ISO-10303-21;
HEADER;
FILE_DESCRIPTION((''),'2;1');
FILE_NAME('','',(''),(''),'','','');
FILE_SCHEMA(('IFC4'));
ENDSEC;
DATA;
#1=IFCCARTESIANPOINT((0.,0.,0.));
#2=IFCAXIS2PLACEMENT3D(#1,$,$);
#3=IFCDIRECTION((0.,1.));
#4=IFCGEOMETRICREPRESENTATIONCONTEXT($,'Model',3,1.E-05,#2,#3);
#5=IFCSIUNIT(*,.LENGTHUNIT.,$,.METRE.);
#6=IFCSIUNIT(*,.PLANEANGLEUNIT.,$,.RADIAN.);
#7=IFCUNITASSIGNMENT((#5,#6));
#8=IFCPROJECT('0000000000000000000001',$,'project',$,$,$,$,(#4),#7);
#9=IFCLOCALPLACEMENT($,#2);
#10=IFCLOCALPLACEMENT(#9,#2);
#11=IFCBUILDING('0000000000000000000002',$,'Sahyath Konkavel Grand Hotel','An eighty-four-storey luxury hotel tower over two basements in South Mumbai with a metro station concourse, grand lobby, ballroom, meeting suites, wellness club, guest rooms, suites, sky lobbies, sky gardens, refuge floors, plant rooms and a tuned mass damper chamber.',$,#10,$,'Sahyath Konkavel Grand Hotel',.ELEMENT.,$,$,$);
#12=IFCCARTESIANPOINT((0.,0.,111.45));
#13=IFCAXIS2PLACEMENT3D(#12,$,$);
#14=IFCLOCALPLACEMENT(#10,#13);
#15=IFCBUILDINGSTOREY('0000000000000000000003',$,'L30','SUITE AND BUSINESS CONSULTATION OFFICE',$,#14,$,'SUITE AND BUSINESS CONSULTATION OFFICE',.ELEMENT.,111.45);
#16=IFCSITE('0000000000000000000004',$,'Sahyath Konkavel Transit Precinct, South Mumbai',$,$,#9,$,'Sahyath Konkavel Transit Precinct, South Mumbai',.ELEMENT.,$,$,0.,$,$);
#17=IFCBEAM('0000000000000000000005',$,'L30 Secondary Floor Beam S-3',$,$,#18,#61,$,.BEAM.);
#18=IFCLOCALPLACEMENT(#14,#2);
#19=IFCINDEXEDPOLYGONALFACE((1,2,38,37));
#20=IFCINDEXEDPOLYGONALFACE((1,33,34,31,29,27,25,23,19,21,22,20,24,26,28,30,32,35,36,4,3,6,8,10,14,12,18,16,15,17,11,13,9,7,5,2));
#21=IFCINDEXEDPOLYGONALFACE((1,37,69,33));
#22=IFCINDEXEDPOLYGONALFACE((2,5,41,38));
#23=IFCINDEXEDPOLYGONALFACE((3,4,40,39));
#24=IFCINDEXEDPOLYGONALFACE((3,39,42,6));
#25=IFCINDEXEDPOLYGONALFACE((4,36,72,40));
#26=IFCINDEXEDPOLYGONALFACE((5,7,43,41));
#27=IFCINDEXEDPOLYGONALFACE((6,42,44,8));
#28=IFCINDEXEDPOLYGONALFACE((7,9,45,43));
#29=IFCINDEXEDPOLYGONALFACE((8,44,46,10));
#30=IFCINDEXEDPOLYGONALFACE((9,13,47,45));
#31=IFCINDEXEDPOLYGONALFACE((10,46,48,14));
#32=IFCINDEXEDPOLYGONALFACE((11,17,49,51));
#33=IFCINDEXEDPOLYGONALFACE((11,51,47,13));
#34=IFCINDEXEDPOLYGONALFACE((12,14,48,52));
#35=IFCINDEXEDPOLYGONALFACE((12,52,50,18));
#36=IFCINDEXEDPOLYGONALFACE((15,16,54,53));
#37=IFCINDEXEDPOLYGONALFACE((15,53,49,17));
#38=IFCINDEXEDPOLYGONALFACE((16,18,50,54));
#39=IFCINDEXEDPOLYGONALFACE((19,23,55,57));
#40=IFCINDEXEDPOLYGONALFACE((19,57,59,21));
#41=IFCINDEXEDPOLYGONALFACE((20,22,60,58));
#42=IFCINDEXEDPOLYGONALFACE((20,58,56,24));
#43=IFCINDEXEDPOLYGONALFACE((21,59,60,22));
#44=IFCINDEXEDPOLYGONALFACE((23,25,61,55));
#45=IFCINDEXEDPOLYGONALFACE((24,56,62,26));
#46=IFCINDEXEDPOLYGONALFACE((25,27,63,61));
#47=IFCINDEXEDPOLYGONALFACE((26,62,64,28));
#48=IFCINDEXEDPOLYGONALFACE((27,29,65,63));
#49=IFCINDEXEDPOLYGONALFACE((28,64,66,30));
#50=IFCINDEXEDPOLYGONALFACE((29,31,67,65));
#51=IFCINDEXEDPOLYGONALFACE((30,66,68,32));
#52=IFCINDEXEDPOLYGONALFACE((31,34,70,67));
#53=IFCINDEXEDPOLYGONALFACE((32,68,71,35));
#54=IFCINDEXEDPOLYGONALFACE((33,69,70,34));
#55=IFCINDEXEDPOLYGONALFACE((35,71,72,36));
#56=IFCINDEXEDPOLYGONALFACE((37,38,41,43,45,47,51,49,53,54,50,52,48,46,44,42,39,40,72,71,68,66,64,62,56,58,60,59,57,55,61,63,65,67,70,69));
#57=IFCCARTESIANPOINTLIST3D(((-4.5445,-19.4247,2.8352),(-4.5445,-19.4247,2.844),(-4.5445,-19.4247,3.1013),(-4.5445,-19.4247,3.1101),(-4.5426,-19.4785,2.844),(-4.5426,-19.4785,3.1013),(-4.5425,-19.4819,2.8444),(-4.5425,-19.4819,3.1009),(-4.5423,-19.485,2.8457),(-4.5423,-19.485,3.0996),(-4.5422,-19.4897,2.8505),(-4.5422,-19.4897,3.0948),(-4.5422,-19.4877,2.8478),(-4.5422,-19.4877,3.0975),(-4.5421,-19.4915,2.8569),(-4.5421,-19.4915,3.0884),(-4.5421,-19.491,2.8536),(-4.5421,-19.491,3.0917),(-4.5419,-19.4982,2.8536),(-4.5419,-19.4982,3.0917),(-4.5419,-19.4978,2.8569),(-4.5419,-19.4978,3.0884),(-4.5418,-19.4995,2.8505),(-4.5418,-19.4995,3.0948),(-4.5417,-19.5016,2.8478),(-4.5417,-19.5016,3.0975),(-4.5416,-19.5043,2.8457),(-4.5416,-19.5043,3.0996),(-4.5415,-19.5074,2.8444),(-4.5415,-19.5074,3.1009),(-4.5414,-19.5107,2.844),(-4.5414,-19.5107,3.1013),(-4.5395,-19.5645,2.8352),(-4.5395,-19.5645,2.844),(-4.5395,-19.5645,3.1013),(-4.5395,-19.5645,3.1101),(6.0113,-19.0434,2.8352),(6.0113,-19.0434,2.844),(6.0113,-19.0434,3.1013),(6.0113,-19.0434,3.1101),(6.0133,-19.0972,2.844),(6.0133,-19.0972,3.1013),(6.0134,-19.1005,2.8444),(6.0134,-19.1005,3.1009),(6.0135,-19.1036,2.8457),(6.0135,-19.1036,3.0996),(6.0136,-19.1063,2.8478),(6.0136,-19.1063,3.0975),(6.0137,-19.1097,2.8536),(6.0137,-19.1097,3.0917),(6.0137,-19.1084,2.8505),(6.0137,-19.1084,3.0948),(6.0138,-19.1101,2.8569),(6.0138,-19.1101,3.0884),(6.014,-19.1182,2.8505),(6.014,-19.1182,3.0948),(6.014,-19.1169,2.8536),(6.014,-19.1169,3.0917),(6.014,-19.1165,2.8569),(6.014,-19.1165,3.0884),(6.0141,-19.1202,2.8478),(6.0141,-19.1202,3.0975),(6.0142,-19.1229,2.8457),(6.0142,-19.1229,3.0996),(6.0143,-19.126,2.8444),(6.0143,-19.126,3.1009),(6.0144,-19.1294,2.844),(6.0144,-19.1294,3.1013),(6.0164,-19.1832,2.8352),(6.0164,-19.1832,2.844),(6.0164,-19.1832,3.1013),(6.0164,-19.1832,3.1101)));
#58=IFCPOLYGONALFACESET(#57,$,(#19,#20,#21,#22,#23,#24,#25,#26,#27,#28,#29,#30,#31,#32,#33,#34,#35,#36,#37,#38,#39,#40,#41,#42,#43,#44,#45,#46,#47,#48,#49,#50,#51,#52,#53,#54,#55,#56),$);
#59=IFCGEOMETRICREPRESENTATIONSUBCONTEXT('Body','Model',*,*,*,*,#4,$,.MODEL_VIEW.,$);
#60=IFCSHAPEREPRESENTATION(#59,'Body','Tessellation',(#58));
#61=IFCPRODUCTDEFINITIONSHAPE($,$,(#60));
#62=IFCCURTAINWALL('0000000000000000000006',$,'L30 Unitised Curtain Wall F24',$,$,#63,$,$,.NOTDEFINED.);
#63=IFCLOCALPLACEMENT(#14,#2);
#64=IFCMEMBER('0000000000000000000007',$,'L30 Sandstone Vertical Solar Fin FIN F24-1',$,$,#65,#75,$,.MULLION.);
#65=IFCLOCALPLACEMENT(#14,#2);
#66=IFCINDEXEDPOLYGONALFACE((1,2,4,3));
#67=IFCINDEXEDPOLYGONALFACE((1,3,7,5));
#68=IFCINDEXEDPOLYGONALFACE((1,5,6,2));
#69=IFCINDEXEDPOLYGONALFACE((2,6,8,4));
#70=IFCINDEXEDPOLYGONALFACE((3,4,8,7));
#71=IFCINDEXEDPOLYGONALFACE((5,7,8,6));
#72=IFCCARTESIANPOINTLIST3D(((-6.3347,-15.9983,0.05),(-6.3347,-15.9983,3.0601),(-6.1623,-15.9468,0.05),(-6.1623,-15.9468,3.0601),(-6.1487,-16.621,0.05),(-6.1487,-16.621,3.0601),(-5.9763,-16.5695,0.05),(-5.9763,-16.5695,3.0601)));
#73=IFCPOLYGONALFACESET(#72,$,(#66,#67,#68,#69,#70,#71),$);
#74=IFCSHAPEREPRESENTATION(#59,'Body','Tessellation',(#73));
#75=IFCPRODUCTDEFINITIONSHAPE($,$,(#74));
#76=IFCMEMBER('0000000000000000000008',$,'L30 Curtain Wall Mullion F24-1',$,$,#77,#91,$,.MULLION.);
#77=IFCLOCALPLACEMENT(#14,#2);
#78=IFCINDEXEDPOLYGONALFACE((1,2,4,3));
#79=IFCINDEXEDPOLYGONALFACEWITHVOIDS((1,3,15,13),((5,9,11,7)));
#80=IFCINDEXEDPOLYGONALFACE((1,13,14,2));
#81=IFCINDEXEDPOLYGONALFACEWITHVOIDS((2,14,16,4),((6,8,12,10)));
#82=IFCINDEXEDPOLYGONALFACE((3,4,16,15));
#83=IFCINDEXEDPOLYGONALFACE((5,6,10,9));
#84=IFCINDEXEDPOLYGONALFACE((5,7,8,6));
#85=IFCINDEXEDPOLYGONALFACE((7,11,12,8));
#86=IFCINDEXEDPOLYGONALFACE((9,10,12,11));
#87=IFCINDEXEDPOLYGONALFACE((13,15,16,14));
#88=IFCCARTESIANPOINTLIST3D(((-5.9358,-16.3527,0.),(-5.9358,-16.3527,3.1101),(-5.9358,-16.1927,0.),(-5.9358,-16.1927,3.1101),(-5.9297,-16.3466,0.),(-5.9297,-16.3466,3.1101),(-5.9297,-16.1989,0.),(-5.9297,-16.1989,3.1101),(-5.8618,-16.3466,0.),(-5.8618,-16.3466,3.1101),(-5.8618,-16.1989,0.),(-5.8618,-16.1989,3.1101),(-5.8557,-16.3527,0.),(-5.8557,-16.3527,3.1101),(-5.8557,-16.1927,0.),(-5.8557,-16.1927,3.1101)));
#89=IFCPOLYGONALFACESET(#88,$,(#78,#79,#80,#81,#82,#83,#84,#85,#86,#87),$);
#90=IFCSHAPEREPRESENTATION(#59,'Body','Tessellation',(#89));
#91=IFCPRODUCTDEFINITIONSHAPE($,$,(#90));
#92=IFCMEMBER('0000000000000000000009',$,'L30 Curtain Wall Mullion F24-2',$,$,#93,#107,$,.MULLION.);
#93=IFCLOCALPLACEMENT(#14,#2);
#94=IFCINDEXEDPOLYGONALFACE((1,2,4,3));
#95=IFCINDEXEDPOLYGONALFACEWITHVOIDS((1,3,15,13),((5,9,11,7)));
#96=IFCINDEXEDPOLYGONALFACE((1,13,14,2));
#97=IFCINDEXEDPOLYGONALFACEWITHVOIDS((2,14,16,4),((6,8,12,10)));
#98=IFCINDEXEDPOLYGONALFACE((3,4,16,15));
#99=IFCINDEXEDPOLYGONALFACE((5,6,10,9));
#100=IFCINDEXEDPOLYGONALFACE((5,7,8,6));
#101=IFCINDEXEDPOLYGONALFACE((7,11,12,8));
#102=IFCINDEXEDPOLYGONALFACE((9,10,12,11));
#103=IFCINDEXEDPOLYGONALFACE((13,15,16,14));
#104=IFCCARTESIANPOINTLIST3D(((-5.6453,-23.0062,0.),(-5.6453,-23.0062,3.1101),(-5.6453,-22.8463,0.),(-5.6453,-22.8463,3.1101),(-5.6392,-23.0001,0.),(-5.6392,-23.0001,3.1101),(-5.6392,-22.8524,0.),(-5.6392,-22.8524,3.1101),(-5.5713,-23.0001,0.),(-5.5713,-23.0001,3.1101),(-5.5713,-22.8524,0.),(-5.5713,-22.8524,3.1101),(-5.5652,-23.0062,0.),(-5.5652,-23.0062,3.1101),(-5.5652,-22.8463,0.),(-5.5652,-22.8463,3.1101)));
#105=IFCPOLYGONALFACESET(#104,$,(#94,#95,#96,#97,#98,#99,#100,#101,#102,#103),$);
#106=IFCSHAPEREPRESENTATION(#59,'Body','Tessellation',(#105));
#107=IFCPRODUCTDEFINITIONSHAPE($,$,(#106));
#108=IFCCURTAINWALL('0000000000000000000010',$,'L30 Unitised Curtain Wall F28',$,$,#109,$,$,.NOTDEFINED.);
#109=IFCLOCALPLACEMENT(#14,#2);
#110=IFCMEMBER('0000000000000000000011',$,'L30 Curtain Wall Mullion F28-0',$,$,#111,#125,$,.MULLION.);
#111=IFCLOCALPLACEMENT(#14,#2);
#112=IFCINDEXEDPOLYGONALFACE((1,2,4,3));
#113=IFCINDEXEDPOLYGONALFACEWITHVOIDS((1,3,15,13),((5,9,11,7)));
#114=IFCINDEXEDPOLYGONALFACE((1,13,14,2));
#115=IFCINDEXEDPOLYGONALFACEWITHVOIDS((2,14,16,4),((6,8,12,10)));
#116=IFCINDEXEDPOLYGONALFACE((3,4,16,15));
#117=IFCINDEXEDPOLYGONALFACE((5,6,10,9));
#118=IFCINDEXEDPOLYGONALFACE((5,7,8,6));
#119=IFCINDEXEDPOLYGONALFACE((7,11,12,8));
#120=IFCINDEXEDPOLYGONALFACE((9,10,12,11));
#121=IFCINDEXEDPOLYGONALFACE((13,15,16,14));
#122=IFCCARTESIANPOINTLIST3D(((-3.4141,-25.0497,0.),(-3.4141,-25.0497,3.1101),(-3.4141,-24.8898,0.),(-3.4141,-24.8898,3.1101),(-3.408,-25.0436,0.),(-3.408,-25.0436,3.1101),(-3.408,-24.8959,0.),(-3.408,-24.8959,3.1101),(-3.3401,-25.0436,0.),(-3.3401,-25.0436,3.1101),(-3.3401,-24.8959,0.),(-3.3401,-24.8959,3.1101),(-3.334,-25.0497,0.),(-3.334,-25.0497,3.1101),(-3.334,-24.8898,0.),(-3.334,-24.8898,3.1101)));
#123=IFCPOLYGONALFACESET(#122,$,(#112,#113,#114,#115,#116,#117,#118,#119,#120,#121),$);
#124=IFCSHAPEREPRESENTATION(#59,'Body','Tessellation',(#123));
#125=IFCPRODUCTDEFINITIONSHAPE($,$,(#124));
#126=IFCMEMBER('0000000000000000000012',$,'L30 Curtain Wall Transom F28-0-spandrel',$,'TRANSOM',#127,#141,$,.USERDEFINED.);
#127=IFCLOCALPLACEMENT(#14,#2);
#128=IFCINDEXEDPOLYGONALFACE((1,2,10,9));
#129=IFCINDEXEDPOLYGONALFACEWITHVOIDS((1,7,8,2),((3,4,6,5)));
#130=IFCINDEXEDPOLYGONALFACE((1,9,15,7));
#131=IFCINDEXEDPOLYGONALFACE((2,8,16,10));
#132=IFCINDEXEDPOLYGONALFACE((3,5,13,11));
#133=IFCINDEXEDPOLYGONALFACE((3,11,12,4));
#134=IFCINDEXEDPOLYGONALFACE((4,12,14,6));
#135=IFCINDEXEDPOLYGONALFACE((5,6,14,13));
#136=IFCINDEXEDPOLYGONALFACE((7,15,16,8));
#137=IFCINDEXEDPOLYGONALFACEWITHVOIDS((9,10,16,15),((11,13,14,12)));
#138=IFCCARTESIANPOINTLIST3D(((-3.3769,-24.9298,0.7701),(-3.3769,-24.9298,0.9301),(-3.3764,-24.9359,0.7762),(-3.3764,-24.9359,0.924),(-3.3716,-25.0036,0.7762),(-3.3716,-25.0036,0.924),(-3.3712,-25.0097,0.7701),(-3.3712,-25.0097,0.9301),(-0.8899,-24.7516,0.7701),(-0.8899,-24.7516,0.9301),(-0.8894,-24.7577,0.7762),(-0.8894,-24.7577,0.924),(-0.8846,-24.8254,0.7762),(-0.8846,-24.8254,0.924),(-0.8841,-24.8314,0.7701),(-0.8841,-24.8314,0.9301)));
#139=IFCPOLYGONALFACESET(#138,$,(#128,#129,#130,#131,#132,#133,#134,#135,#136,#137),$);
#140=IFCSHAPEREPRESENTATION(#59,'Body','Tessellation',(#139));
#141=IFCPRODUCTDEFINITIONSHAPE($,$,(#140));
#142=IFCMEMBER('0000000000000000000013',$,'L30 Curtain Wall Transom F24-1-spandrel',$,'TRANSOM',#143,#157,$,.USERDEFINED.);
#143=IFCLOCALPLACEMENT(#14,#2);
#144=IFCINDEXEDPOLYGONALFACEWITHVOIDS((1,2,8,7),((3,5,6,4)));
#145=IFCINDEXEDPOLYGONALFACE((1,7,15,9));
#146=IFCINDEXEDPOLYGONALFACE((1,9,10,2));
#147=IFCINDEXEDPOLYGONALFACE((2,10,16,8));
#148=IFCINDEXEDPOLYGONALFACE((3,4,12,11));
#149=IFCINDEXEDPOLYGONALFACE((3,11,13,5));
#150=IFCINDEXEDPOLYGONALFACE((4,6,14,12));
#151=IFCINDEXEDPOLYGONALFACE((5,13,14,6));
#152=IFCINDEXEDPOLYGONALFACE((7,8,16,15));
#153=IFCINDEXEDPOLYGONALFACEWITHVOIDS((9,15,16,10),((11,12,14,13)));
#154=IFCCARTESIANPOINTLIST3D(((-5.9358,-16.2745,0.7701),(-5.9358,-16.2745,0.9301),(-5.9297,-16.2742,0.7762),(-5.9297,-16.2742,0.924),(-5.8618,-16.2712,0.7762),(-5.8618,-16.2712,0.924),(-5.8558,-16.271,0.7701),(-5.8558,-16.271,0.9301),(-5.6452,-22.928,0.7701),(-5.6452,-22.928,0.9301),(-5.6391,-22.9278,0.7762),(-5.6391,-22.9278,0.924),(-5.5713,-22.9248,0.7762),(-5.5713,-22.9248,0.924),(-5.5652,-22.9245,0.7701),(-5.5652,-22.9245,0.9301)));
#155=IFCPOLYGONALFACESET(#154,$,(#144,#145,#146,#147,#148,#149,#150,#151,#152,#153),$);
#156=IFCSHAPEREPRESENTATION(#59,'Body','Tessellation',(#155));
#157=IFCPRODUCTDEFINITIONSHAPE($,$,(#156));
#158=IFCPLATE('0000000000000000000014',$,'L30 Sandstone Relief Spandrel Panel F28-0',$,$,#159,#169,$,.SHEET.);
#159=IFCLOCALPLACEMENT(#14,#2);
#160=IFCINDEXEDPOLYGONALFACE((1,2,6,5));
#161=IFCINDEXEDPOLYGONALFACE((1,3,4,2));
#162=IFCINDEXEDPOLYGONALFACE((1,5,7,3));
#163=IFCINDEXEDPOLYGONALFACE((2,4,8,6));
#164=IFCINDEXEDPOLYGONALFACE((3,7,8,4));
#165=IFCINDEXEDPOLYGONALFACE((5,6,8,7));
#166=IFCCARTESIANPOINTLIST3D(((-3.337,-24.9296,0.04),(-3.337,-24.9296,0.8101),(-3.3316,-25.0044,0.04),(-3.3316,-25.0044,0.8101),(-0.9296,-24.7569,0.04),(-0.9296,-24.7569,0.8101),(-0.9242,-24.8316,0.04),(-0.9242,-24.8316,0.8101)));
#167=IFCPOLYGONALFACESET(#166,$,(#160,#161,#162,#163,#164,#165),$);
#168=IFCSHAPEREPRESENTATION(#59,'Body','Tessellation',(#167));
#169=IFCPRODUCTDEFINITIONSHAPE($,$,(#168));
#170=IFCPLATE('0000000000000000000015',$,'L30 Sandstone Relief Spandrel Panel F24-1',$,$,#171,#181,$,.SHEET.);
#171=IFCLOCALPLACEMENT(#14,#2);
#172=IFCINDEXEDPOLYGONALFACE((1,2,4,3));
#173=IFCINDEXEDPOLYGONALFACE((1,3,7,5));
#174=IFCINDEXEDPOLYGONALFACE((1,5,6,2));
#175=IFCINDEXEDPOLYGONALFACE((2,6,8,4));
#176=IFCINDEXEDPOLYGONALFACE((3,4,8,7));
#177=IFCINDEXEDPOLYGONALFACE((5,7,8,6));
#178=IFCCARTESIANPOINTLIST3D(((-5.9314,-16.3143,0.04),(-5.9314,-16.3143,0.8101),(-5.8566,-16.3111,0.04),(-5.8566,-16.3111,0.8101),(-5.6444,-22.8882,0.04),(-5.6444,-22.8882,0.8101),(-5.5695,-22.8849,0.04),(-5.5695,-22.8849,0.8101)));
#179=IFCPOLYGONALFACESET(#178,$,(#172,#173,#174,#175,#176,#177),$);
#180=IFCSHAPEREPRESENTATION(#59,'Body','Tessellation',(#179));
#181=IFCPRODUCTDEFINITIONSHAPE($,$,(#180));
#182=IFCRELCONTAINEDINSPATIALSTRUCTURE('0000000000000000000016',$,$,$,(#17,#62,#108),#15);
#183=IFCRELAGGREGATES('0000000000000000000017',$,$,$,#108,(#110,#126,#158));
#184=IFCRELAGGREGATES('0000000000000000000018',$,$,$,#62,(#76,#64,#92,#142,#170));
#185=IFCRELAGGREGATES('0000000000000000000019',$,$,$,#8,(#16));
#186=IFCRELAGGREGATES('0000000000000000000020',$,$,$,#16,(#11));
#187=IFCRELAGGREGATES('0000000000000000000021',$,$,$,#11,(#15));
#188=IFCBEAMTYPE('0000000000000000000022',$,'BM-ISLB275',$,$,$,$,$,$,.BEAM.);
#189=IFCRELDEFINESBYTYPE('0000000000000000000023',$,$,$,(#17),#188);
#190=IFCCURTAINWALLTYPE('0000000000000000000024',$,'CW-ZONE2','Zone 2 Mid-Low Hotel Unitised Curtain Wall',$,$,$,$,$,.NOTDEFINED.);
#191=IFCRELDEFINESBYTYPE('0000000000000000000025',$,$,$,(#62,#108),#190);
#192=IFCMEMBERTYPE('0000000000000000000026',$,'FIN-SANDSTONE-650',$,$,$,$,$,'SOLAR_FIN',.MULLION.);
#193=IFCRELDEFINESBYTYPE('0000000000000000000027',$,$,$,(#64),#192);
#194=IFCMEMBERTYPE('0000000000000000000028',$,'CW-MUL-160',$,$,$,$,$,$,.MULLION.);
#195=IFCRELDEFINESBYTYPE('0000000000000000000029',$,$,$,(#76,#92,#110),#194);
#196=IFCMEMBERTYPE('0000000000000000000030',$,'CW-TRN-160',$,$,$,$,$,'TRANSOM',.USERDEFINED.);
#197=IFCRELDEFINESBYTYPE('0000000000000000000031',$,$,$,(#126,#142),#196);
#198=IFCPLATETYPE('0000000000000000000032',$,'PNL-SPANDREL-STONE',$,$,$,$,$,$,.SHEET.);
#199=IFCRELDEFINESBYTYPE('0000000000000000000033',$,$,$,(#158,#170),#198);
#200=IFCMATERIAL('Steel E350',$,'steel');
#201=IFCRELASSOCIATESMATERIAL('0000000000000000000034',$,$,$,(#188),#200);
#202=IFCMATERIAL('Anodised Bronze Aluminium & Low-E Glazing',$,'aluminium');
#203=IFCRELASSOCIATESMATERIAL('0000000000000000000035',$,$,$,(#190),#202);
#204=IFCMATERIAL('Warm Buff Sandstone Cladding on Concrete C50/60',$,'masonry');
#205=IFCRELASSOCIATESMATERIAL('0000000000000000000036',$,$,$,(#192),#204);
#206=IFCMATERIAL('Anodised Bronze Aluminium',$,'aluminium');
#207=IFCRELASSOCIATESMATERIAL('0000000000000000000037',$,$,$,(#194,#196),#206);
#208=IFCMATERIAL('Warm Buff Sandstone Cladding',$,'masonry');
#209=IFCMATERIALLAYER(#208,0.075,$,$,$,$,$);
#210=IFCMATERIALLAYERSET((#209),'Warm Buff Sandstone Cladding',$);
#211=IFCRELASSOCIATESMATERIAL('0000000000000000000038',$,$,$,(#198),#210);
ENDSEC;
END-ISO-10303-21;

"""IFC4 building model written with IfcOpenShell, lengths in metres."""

from ifc_helpers import new_model, si_unit, direction, frame, origin, origin_2d, place, context, subcontext, project, spatial, rectangle, hollow_rectangle, i_section, extrude, source, transform, mapped, material, layer, layer_set, material_profile, profile_set, type_object, element, aggregate, save


model = new_model("IFC4")

# Units and contexts
model_context = context("Model", 3, precision=1e-05, world=origin(), true_north=direction((0.0, 1.0)))
body_context = subcontext(model_context, "Body", "Model", "MODEL_VIEW")
ifc_project = project(units=[si_unit("LENGTHUNIT", "METRE"), si_unit("PLANEANGLEUNIT", "RADIAN")], contexts=[model_context])

# Site, building, storey
site_placement = place(None, origin())
site = spatial("IfcSite", under=ifc_project, at=site_placement, Name="Sahyath Konkavel Transit Precinct, South Mumbai", LongName="Sahyath Konkavel Transit Precinct, South Mumbai", CompositionType="ELEMENT", RefElevation=0.0)
building_placement = place(site_placement, origin())
building = spatial("IfcBuilding", under=site, at=building_placement, Name="Sahyath Konkavel Grand Hotel", Description="An eighty-four-storey luxury hotel tower over two basements in South Mumbai with a metro station concourse, grand lobby, ballroom, meeting suites, wellness club, guest rooms, suites, sky lobbies, sky gardens, refuge floors, plant rooms and a tuned mass damper chamber.", LongName="Sahyath Konkavel Grand Hotel", CompositionType="ELEMENT")
storey_placement = place(building_placement, frame((0.0, 0.0, 111.45)))
storey = spatial("IfcBuildingStorey", under=building, at=storey_placement, Name="L30", Description="SUITE AND BUSINESS CONSULTATION OFFICE", LongName="SUITE AND BUSINESS CONSULTATION OFFICE", CompositionType="ELEMENT", Elevation=111.45)

# Beam
ifc_material_1 = material(Name="Steel E350", Category="steel")
ifc_material_profile_1 = material_profile(ifc_material_1, i_section(OverallWidth=0.1399, OverallDepth=0.2749, WebThickness=0.0063, FlangeThickness=0.0088, FilletRadius=0.0129, at=origin_2d()), Name="ISLB 275")
ifc_profile_set_1 = profile_set([ifc_material_profile_1], Name="Steel E350")
beam_type_1 = type_object("IfcBeamType", Name="BM-ISLB275", PredefinedType="BEAM", material=ifc_profile_set_1)
shared_shape_1 = source(origin(), body_context, "Body", "SweptSolid", [
    extrude(i_section(OverallWidth=0.1399, OverallDepth=0.2749, WebThickness=0.0063, FlangeThickness=0.0088, FilletRadius=0.0129, at=origin_2d()), origin(), (0.0, 0.0, 1.0), 10.5627),
])
beam_1_placement = place(storey_placement, frame((-4.542, -19.4946, 2.9727), z_axis=(0.999348, 0.036103, 0.0), x_axis=(-0.036103, 0.999348, 0.0)))
element("IfcBeam", 1, at=beam_1_placement, inside=storey, type_object=beam_type_1, Name="L30 Secondary Floor Beam S-3", PredefinedType="BEAM", context=body_context, shape_type="MappedRepresentation", body=[
    mapped(shared_shape_1, transform((0.0, 0.0, 0.0), scale=1.0)),
])

# Curtain walls, members
ifc_material_2 = material(Name="Anodised Bronze Aluminium & Low-E Glazing", Category="aluminium")
curtain_wall_type = type_object("IfcCurtainWallType", Name="CW-ZONE2", Description="Zone 2 Mid-Low Hotel Unitised Curtain Wall", PredefinedType="NOTDEFINED", material=ifc_material_2)
curtain_wall_1_placement = place(storey_placement, origin())
curtain_wall_1 = element("IfcCurtainWall", 2, at=curtain_wall_1_placement, inside=storey, type_object=curtain_wall_type, Name="L30 Unitised Curtain Wall F24", PredefinedType="NOTDEFINED")
ifc_material_3 = material(Name="Warm Buff Sandstone Cladding on Concrete C50/60", Category="masonry")
ifc_material_profile_2 = material_profile(ifc_material_3, rectangle(XDim=0.1799, YDim=0.6499, at=origin_2d()), Name="FIN 180x650")
ifc_profile_set_2 = profile_set([ifc_material_profile_2], Name="Warm Buff Sandstone Cladding on Concrete C50/60")
member_type_1 = type_object("IfcMemberType", Name="FIN-SANDSTONE-650", ElementType="SOLAR_FIN", PredefinedType="MULLION", material=ifc_profile_set_2)
shared_shape_2 = source(origin(), body_context, "Body", "SweptSolid", [
    extrude(rectangle(XDim=0.1799, YDim=0.6499, at=origin_2d()), origin(), (0.0, 0.0, 1.0), 3.01),
])
member_1_placement = place(storey_placement, frame((-6.1555, -16.2839, 0.05), z_axis=(0.0, 0.0, 1.0), x_axis=(0.958173, 0.28619, 0.0)))
member_1 = element("IfcMember", 3, at=member_1_placement, type_object=member_type_1, Name="L30 Sandstone Vertical Solar Fin FIN F24-1", PredefinedType="MULLION", context=body_context, shape_type="MappedRepresentation", body=[
    mapped(shared_shape_2, transform((0.0, 0.0, 0.0), scale=1.0)),
])
ifc_material_4 = material(Name="Anodised Bronze Aluminium", Category="aluminium")
ifc_material_profile_3 = material_profile(ifc_material_4, hollow_rectangle(XDim=0.0801, YDim=0.1599, WallThickness=0.0061, at=origin_2d()), Name="RHS 160x80x6")
ifc_profile_set_3 = profile_set([ifc_material_profile_3], Name="Anodised Bronze Aluminium")
member_type_2 = type_object("IfcMemberType", Name="CW-MUL-160", PredefinedType="MULLION", material=ifc_profile_set_3)
shared_shape_3 = source(origin(), body_context, "Body", "SweptSolid", [
    extrude(hollow_rectangle(XDim=0.0801, YDim=0.1599, WallThickness=0.0061, at=origin_2d()), origin(), (0.0, 0.0, 1.0), 3.1101),
])
member_2_placement = place(storey_placement, frame((-5.8958, -16.2727, 0.0), z_axis=(0.0, 0.0, 1.0), x_axis=(1.0, 0.0, 0.0)))
member_2 = element("IfcMember", 4, at=member_2_placement, type_object=member_type_2, Name="L30 Curtain Wall Mullion F24-1", PredefinedType="MULLION", context=body_context, shape_type="MappedRepresentation", body=[
    mapped(shared_shape_3, transform((0.0, 0.0, 0.0), scale=1.0)),
])
member_3_placement = place(storey_placement, frame((-5.6052, -22.9263, 0.0), z_axis=(0.0, 0.0, 1.0), x_axis=(1.0, 0.0, 0.0)))
member_3 = element("IfcMember", 5, at=member_3_placement, type_object=member_type_2, Name="L30 Curtain Wall Mullion F24-2", PredefinedType="MULLION", context=body_context, shape_type="MappedRepresentation", body=[
    mapped(shared_shape_3, transform((0.0, 0.0, 0.0), scale=1.0)),
])
curtain_wall_2_placement = place(storey_placement, origin())
curtain_wall_2 = element("IfcCurtainWall", 6, at=curtain_wall_2_placement, inside=storey, type_object=curtain_wall_type, Name="L30 Unitised Curtain Wall F28", PredefinedType="NOTDEFINED")
member_4_placement = place(storey_placement, frame((-3.374, -24.9697, 0.0), z_axis=(0.0, 0.0, 1.0), x_axis=(1.0, 0.0, 0.0)))
member_4 = element("IfcMember", 7, at=member_4_placement, type_object=member_type_2, Name="L30 Curtain Wall Mullion F28-0", PredefinedType="MULLION", context=body_context, shape_type="MappedRepresentation", body=[
    mapped(shared_shape_3, transform((0.0, 0.0, 0.0), scale=1.0)),
])
ifc_material_profile_4 = material_profile(ifc_material_4, hollow_rectangle(XDim=0.0801, YDim=0.1599, WallThickness=0.0061, at=origin_2d()), Name="RHS 160x80x6")
ifc_profile_set_4 = profile_set([ifc_material_profile_4], Name="Anodised Bronze Aluminium")
member_type_3 = type_object("IfcMemberType", Name="CW-TRN-160", ElementType="TRANSOM", PredefinedType="USERDEFINED", material=ifc_profile_set_4)
shared_shape_4 = source(origin(), body_context, "Body", "SweptSolid", [
    extrude(hollow_rectangle(XDim=0.0801, YDim=0.1599, WallThickness=0.0061, at=origin_2d()), origin(), (0.0, 0.0, 1.0), 2.4934),
])
member_5_placement = place(storey_placement, frame((-3.374, -24.9697, 0.8501), z_axis=(0.997442, 0.071477, 0.0), x_axis=(-0.071477, 0.997442, 0.0)))
member_5 = element("IfcMember", 8, at=member_5_placement, type_object=member_type_3, Name="L30 Curtain Wall Transom F28-0-spandrel", ObjectType="TRANSOM", PredefinedType="USERDEFINED", context=body_context, shape_type="MappedRepresentation", body=[
    mapped(shared_shape_4, transform((0.0, 0.0, 0.0), scale=1.0)),
])

# Member
shared_shape_5 = source(origin(), body_context, "Body", "SweptSolid", [
    extrude(hollow_rectangle(XDim=0.0801, YDim=0.1599, WallThickness=0.0061, at=origin_2d()), origin(), (0.0, 0.0, 1.0), 6.6599),
])
member_6_placement = place(storey_placement, frame((-5.8958, -16.2727, 0.8501), z_axis=(0.043623, -0.999048, 0.0), x_axis=(0.999048, 0.043623, 0.0)))
member_6 = element("IfcMember", 9, at=member_6_placement, type_object=member_type_3, Name="L30 Curtain Wall Transom F24-1-spandrel", ObjectType="TRANSOM", PredefinedType="USERDEFINED", context=body_context, shape_type="MappedRepresentation", body=[
    mapped(shared_shape_5, transform((0.0, 0.0, 0.0), scale=1.0)),
])

# Plates
ifc_material_5 = material(Name="Warm Buff Sandstone Cladding", Category="masonry")
ifc_layer_1 = layer(ifc_material_5, 0.075)
ifc_layer_set_1 = layer_set([ifc_layer_1], Name="Warm Buff Sandstone Cladding")
plate_type_1 = type_object("IfcPlateType", Name="PNL-SPANDREL-STONE", PredefinedType="SHEET", material=ifc_layer_set_1)
shared_shape_6 = source(origin(), body_context, "Body", "SweptSolid", [
    extrude(rectangle(XDim=2.4136, YDim=0.075, at=origin_2d()), origin(), (0.0, 0.0, 1.0), 0.77),
])
plate_1_placement = place(storey_placement, frame((-2.1306, -24.8806, 0.04), z_axis=(0.0, 0.0, 1.0), x_axis=(0.997436, 0.071567, 0.0)))
plate_1 = element("IfcPlate", 10, at=plate_1_placement, type_object=plate_type_1, Name="L30 Sandstone Relief Spandrel Panel F28-0", PredefinedType="SHEET", context=body_context, shape_type="MappedRepresentation", body=[
    mapped(shared_shape_6, transform((0.0, 0.0, 0.0), scale=1.0)),
])
shared_shape_7 = source(origin(), body_context, "Body", "SweptSolid", [
    extrude(rectangle(XDim=6.5801, YDim=0.075, at=origin_2d()), origin(), (0.0, 0.0, 1.0), 0.77),
])
plate_2_placement = place(storey_placement, frame((-5.7505, -19.5996, 0.04), z_axis=(0.0, 0.0, 1.0), x_axis=(0.043619, -0.999048, 0.0)))
plate_2 = element("IfcPlate", 11, at=plate_2_placement, type_object=plate_type_1, Name="L30 Sandstone Relief Spandrel Panel F24-1", PredefinedType="SHEET", context=body_context, shape_type="MappedRepresentation", body=[
    mapped(shared_shape_7, transform((0.0, 0.0, 0.0), scale=1.0)),
])
aggregate(curtain_wall_2, [member_4, member_5, plate_1])
aggregate(curtain_wall_1, [member_2, member_1, member_3, member_6, plate_2])

save(model, "model.ifc")
